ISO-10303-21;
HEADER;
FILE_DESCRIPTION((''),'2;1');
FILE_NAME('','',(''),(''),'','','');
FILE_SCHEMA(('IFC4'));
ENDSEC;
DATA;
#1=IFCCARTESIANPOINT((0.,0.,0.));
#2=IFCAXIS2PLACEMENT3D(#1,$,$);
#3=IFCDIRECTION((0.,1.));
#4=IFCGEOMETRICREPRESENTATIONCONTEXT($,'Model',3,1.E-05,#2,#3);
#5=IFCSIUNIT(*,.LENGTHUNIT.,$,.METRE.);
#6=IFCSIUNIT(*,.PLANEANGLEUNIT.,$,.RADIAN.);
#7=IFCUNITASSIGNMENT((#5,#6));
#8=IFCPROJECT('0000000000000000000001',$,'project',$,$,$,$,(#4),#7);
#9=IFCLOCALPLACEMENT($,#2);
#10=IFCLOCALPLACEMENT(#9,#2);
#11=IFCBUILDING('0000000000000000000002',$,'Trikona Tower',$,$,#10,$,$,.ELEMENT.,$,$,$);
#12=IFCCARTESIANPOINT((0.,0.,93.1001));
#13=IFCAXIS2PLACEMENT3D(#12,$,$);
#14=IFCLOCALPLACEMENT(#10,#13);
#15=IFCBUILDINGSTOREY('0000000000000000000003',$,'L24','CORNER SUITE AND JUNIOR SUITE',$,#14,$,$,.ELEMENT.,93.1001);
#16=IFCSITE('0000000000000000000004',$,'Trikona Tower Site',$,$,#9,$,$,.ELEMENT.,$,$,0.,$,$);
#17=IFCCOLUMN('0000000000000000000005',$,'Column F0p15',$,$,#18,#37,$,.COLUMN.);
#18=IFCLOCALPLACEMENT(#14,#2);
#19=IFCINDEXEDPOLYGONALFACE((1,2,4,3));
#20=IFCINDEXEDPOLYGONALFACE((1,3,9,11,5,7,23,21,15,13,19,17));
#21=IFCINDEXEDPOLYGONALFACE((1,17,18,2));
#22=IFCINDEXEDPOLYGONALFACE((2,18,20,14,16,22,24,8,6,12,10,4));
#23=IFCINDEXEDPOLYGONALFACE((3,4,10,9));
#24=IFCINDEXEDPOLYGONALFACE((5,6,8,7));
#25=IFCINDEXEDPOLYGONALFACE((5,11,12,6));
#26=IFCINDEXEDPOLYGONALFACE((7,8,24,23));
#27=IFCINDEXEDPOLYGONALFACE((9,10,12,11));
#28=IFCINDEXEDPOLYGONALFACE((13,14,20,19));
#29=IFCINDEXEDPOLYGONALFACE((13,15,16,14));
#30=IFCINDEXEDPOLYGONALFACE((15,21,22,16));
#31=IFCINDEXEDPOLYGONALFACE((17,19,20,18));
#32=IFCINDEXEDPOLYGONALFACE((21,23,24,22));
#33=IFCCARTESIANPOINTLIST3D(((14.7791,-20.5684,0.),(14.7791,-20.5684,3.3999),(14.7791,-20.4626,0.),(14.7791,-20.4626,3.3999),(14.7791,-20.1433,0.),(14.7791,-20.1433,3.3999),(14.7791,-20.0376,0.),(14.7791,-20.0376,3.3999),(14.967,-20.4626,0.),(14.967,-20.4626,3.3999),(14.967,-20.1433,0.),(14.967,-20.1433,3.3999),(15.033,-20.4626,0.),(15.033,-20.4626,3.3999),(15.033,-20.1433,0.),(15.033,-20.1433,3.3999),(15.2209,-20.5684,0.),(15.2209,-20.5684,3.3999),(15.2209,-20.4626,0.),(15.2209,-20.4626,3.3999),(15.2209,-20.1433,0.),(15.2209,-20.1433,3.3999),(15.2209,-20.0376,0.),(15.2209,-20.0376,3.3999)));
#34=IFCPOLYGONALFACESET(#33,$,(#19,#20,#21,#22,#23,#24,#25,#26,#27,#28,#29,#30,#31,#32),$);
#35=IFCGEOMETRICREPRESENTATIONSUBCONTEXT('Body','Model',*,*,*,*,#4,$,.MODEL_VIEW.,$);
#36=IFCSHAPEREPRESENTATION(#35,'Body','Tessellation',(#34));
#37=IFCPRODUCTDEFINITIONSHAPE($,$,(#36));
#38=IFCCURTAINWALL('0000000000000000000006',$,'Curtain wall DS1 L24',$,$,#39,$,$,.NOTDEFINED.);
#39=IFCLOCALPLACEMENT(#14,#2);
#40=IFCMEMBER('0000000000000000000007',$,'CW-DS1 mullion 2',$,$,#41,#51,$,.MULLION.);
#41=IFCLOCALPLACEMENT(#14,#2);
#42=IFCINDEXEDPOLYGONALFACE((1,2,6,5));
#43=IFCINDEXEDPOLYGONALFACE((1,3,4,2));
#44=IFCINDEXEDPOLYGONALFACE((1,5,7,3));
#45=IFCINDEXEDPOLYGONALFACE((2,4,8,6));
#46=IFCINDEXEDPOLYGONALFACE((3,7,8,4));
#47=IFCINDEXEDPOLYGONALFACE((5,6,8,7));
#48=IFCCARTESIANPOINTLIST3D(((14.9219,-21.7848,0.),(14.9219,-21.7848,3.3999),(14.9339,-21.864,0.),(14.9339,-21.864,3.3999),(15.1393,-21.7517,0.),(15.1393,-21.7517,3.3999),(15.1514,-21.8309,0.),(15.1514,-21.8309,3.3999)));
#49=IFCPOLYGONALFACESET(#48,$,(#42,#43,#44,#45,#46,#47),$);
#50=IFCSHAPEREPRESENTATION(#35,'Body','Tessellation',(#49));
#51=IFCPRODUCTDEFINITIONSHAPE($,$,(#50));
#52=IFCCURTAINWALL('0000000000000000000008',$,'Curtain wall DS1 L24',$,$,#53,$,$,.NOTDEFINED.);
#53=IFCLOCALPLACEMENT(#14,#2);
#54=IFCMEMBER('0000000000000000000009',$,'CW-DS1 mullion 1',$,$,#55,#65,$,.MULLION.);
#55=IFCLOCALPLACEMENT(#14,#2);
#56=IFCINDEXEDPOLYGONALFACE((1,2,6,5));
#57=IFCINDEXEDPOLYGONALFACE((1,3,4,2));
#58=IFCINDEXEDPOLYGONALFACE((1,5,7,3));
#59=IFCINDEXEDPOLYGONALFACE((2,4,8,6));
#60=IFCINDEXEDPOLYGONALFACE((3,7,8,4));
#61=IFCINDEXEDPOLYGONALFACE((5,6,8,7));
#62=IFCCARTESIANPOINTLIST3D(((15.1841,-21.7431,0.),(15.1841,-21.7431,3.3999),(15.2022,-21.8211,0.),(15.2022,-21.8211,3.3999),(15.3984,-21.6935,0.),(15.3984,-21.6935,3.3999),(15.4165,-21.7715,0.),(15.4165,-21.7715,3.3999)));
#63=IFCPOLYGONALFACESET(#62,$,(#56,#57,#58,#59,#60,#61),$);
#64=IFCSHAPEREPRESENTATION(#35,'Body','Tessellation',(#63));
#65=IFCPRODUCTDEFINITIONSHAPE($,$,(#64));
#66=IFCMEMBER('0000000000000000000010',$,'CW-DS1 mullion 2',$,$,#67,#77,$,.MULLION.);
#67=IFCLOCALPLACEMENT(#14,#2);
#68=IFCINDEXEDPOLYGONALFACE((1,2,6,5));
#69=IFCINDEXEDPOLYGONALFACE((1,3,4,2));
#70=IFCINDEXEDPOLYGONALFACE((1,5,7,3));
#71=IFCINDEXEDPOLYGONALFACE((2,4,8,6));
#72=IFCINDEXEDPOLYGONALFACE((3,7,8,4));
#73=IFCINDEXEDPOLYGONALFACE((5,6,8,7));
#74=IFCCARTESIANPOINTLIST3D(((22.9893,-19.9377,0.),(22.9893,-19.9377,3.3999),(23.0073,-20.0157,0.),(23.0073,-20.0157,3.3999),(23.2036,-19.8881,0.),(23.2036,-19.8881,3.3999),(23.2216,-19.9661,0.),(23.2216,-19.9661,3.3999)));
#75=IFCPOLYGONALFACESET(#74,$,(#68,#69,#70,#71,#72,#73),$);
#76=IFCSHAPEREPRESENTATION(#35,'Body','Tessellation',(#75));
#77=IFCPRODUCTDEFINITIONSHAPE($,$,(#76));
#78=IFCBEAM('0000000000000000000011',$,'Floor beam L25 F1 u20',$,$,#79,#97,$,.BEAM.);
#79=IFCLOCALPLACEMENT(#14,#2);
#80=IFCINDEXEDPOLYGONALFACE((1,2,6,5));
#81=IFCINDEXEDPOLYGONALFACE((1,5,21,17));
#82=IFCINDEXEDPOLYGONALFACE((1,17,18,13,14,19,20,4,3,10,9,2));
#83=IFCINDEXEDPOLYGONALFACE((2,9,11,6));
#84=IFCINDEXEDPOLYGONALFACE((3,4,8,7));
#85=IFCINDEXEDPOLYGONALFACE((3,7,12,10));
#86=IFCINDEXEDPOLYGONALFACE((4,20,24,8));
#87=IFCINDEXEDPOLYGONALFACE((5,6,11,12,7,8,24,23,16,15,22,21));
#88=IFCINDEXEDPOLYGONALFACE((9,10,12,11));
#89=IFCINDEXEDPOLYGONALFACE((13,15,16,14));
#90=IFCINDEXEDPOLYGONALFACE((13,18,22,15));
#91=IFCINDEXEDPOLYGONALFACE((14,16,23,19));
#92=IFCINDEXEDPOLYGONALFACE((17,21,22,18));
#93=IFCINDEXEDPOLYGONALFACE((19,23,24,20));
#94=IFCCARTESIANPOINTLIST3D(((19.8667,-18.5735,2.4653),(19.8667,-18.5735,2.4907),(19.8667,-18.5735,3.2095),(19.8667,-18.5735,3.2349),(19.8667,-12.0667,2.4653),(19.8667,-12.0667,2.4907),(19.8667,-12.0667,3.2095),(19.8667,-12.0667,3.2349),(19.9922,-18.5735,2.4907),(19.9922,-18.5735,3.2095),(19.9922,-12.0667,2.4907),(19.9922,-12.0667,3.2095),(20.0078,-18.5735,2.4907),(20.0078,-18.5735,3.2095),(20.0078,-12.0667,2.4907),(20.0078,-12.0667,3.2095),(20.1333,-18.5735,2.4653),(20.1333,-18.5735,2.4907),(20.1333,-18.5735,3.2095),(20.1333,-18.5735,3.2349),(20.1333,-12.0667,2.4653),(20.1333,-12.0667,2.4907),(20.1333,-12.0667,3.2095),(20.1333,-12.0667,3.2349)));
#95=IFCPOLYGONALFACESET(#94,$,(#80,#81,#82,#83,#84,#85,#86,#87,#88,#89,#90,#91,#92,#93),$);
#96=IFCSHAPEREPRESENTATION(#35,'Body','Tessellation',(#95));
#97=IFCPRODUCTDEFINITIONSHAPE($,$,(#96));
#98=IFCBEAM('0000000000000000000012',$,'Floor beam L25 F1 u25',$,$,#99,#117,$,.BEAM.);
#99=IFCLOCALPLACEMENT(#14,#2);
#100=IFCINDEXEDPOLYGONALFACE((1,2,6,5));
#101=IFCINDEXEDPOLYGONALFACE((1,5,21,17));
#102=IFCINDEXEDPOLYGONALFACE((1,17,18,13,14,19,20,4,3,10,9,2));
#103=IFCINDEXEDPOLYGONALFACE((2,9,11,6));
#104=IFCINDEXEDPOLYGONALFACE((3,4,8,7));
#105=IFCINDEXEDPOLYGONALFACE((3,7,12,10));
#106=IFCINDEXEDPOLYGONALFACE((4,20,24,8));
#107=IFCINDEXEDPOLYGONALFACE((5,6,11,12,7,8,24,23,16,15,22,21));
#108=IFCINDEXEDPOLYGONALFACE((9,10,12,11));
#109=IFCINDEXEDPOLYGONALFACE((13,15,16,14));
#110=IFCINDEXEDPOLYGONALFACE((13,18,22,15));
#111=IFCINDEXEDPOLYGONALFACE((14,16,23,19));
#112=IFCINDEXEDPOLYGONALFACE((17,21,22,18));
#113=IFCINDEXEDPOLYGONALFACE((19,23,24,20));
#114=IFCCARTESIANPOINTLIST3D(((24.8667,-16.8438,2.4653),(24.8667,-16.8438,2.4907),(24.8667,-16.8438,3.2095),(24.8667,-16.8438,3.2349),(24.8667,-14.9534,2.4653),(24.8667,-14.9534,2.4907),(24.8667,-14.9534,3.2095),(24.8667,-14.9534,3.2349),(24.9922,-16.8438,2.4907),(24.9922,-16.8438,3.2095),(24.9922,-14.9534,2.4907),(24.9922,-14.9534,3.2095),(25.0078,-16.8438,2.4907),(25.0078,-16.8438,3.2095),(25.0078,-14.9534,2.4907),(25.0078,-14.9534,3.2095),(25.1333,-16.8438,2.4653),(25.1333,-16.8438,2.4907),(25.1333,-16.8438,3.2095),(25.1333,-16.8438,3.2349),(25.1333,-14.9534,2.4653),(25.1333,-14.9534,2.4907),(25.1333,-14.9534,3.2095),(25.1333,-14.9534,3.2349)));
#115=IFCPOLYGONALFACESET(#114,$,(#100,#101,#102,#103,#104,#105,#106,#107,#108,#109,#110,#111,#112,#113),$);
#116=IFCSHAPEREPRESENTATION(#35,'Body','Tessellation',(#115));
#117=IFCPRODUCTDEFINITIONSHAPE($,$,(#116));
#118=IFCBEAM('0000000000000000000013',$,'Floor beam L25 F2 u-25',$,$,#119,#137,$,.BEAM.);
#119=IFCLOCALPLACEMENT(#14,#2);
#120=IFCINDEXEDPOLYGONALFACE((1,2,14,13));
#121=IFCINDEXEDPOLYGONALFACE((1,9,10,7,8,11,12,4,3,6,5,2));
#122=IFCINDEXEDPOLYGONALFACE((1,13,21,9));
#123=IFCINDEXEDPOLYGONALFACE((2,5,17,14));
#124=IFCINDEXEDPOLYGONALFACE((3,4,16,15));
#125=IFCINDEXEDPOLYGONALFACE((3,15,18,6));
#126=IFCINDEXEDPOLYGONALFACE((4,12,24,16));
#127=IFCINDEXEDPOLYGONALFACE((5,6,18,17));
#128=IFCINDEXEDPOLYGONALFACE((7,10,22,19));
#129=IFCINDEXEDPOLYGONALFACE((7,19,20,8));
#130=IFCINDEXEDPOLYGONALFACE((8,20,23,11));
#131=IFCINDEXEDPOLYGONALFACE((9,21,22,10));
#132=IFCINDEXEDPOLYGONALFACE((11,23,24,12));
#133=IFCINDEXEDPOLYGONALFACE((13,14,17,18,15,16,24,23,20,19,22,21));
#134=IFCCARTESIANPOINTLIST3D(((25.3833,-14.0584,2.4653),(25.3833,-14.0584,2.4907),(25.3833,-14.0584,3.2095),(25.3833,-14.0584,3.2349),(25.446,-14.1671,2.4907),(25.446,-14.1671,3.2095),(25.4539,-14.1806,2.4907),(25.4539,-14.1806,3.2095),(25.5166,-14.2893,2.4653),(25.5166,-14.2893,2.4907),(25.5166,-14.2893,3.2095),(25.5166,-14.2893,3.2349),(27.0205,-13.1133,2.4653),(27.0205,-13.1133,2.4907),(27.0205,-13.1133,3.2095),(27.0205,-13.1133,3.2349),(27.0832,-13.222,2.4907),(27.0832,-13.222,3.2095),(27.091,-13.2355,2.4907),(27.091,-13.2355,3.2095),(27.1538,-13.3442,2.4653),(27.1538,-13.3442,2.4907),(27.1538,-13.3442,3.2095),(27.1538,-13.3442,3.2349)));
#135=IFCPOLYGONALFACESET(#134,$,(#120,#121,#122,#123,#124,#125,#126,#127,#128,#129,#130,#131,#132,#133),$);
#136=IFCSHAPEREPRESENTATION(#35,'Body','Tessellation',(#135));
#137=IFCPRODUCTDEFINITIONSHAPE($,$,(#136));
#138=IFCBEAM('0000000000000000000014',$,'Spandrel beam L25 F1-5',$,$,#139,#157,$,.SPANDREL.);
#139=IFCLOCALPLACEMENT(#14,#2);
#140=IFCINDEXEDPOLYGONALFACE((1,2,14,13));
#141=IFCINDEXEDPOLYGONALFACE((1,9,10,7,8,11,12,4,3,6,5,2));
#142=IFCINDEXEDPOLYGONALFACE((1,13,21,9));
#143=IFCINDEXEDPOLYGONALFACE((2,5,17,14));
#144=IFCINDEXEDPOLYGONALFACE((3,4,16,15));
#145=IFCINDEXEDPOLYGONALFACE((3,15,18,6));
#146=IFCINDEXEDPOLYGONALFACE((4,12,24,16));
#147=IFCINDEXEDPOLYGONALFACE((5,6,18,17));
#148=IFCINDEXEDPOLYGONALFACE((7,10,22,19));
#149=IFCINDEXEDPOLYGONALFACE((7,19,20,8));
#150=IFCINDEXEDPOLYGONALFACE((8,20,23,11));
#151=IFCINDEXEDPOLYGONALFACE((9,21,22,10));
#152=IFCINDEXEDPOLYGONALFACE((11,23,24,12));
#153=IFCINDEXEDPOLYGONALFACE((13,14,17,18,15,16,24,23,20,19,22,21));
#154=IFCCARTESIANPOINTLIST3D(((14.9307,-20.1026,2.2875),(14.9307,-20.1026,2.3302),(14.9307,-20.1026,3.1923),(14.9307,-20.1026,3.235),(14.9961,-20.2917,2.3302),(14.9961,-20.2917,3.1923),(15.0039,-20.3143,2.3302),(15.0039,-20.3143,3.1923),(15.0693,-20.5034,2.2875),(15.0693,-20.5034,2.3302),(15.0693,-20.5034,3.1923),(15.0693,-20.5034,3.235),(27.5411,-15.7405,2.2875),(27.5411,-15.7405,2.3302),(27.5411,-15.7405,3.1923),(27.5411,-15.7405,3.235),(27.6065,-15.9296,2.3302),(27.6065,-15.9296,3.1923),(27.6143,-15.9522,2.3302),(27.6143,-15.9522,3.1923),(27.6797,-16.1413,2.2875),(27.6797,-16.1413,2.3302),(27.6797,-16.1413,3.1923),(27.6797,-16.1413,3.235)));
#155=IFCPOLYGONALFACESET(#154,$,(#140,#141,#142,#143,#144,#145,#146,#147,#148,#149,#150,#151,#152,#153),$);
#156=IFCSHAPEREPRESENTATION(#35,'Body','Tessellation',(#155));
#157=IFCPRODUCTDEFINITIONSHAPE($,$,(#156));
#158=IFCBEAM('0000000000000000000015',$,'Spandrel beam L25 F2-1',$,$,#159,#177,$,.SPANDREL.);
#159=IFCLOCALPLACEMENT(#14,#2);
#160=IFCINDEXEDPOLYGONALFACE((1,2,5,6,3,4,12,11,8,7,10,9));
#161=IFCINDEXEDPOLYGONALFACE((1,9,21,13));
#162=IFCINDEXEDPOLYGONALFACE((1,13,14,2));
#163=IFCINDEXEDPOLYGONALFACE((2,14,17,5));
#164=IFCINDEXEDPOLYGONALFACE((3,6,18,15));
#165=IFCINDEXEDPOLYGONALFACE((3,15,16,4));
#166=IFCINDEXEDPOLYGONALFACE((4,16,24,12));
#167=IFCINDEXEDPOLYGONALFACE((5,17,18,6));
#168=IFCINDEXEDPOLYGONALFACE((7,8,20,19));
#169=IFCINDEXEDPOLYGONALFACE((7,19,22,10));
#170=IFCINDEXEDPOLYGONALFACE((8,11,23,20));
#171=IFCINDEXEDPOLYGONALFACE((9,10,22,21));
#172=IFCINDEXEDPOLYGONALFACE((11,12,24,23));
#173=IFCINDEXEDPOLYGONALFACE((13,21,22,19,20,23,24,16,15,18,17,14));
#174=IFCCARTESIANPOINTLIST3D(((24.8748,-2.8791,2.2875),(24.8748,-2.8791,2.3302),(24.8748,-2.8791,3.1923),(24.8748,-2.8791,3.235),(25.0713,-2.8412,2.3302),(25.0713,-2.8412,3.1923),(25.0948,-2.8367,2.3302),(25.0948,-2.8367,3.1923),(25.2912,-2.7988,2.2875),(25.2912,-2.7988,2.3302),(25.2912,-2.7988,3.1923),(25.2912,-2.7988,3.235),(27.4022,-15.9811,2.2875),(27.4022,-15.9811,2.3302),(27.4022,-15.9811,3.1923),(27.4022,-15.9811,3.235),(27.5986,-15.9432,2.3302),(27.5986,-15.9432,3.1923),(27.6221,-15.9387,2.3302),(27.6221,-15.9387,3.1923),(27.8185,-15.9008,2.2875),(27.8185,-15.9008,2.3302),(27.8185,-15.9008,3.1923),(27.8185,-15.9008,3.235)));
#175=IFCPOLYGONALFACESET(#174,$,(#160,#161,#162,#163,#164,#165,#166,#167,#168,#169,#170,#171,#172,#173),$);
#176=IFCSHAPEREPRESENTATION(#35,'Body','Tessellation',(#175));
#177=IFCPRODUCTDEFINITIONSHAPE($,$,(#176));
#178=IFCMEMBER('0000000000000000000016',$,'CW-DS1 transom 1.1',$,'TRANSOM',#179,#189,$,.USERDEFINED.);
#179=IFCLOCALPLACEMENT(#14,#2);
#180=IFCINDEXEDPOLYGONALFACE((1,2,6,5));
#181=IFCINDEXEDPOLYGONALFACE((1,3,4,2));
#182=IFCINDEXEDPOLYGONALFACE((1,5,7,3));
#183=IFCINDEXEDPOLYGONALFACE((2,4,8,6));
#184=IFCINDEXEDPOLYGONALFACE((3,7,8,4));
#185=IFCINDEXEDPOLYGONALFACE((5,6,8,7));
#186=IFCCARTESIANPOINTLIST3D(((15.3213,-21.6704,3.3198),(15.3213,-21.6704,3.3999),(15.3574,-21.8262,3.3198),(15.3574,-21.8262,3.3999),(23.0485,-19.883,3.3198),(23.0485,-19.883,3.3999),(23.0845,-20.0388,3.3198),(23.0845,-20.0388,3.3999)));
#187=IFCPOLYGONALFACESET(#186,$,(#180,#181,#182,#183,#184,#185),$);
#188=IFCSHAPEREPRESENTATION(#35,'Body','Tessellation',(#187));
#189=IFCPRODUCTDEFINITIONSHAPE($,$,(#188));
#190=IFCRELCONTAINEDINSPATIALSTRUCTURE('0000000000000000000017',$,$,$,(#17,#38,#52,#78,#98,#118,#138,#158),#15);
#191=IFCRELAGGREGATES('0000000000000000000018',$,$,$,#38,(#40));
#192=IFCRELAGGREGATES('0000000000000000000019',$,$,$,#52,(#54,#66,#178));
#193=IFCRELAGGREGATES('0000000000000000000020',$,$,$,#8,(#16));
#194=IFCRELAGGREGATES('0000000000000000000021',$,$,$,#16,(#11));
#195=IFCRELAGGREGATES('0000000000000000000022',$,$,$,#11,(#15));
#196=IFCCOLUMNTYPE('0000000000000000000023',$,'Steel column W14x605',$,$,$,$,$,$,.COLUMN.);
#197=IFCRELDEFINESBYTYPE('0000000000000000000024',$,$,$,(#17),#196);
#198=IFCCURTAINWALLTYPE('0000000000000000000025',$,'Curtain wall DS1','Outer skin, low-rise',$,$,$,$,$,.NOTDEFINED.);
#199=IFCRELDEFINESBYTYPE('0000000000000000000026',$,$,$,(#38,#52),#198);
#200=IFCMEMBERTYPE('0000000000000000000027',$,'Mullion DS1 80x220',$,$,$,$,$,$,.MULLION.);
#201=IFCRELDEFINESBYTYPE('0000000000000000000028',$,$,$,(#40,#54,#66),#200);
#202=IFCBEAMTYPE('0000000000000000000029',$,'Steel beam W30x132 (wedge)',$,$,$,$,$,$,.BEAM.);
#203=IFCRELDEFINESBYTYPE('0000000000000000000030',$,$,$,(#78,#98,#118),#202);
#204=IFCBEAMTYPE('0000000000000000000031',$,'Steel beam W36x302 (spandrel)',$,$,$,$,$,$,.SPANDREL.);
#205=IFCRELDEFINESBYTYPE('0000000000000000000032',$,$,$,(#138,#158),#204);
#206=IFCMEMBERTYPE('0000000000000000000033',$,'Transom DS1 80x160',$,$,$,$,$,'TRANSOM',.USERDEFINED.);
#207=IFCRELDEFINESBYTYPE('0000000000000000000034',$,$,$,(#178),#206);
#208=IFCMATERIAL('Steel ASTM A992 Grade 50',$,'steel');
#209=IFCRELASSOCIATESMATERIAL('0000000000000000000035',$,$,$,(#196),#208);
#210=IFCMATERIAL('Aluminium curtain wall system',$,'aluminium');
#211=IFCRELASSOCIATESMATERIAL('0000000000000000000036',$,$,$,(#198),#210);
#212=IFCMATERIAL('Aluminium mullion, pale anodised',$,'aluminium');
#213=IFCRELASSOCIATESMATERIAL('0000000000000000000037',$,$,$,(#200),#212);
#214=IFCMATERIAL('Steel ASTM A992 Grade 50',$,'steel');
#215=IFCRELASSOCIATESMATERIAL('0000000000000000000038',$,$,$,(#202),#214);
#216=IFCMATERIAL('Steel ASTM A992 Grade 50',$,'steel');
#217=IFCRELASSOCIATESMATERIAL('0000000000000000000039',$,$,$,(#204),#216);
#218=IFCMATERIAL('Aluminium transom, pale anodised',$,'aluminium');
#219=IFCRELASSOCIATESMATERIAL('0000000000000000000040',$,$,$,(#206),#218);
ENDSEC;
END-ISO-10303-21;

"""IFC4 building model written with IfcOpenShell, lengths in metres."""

from ifc_helpers import new_model, si_unit, direction, frame, origin, origin_2d, place, context, subcontext, project, spatial, rectangle, i_section, extrude, material, material_profile, profile_set, type_object, element, aggregate, save


model = new_model("IFC4")

# Units and contexts
model_context = context("Model", 3, precision=1e-05, world=origin(), true_north=direction((0.0, 1.0)))
body_context = subcontext(model_context, "Body", "Model", "MODEL_VIEW")
ifc_project = project(units=[si_unit("LENGTHUNIT", "METRE"), si_unit("PLANEANGLEUNIT", "RADIAN")], contexts=[model_context])

# Site, building, storey
site_placement = place(None, origin())
site = spatial("IfcSite", under=ifc_project, at=site_placement, Name="Trikona Tower Site", CompositionType="ELEMENT", RefElevation=0.0)
building_placement = place(site_placement, origin())
building = spatial("IfcBuilding", under=site, at=building_placement, Name="Trikona Tower", CompositionType="ELEMENT")
storey_placement = place(building_placement, frame((0.0, 0.0, 93.1001)))
storey = spatial("IfcBuildingStorey", under=building, at=storey_placement, Name="L24", Description="CORNER SUITE AND JUNIOR SUITE", CompositionType="ELEMENT", Elevation=93.1001)

# Column
ifc_material_1 = material(Name="Steel ASTM A992 Grade 50", Category="steel")
ifc_material_profile_1 = material_profile(ifc_material_1, i_section(OverallWidth=0.4419, OverallDepth=0.5308, WebThickness=0.0659, FlangeThickness=0.1057, at=origin_2d()), Name="W14X605")
ifc_profile_set_1 = profile_set([ifc_material_profile_1], Name="Steel ASTM A992 Grade 50")
column_type = type_object("IfcColumnType", Name="Steel column W14x605", PredefinedType="COLUMN", material=ifc_profile_set_1)
column_placement = place(storey_placement, frame((15.0, -20.303, 0.0), z_axis=(0.0, 0.0, 1.0), x_axis=(1.0, 0.0, 0.0)))
element("IfcColumn", 1, at=column_placement, inside=storey, type_object=column_type, Name="Column F0p15", PredefinedType="COLUMN", context=body_context, shape_type="SweptSolid", body=[
    extrude(i_section(OverallWidth=0.4419, OverallDepth=0.5308, WebThickness=0.0659, FlangeThickness=0.1057, at=origin_2d()), origin(), (0.0, 0.0, 1.0), 3.3999),
])

# Curtain wall, member
ifc_material_2 = material(Name="Aluminium curtain wall system", Category="aluminium")
curtain_wall_type = type_object("IfcCurtainWallType", Name="Curtain wall DS1", Description="Outer skin, low-rise", PredefinedType="NOTDEFINED", material=ifc_material_2)
curtain_wall_1_placement = place(storey_placement, origin())
curtain_wall_1 = element("IfcCurtainWall", 2, at=curtain_wall_1_placement, inside=storey, type_object=curtain_wall_type, Name="Curtain wall DS1 L24", PredefinedType="NOTDEFINED")
ifc_material_3 = material(Name="Aluminium mullion, pale anodised", Category="aluminium")
ifc_material_profile_2 = material_profile(ifc_material_3, rectangle(XDim=0.0801, YDim=0.22, at=origin_2d()), Name="MUL-DS1")
ifc_profile_set_2 = profile_set([ifc_material_profile_2], Name="Aluminium mullion, pale anodised")
member_type_1 = type_object("IfcMemberType", Name="Mullion DS1 80x220", PredefinedType="MULLION", material=ifc_profile_set_2)
member_1_placement = place(storey_placement, frame((15.0366, -21.8079, 0.0), z_axis=(0.0, 0.0, 1.0), x_axis=(-0.150438, 0.988619, 0.0)))
member_1 = element("IfcMember", 3, at=member_1_placement, type_object=member_type_1, Name="CW-DS1 mullion 2", PredefinedType="MULLION", context=body_context, shape_type="SweptSolid", body=[
    extrude(rectangle(XDim=0.0801, YDim=0.22, at=origin_2d()), origin(), (0.0, 0.0, 1.0), 3.3999),
])
aggregate(curtain_wall_1, [member_1])

# Curtain wall, members
curtain_wall_2_placement = place(storey_placement, origin())
curtain_wall_2 = element("IfcCurtainWall", 4, at=curtain_wall_2_placement, inside=storey, type_object=curtain_wall_type, Name="Curtain wall DS1 L24", PredefinedType="NOTDEFINED")
member_2_placement = place(storey_placement, frame((15.3003, -21.7573, 0.0), z_axis=(0.0, 0.0, 1.0), x_axis=(-0.225343, 0.974279, 0.0)))
member_2 = element("IfcMember", 5, at=member_2_placement, type_object=member_type_1, Name="CW-DS1 mullion 1", PredefinedType="MULLION", context=body_context, shape_type="SweptSolid", body=[
    extrude(rectangle(XDim=0.0801, YDim=0.22, at=origin_2d()), origin(), (0.0, 0.0, 1.0), 3.3999),
])
member_3_placement = place(storey_placement, frame((23.1055, -19.9519, 0.0), z_axis=(0.0, 0.0, 1.0), x_axis=(-0.225343, 0.974279, 0.0)))
member_3 = element("IfcMember", 6, at=member_3_placement, type_object=member_type_1, Name="CW-DS1 mullion 2", PredefinedType="MULLION", context=body_context, shape_type="SweptSolid", body=[
    extrude(rectangle(XDim=0.0801, YDim=0.22, at=origin_2d()), origin(), (0.0, 0.0, 1.0), 3.3999),
])

# Beams
ifc_material_4 = material(Name="Steel ASTM A992 Grade 50", Category="steel")
ifc_material_profile_3 = material_profile(ifc_material_4, i_section(OverallWidth=0.2666, OverallDepth=0.7695, WebThickness=0.0156, FlangeThickness=0.0254, at=origin_2d()), Name="W30X132")
ifc_profile_set_3 = profile_set([ifc_material_profile_3], Name="Steel ASTM A992 Grade 50")
beam_type_1 = type_object("IfcBeamType", Name="Steel beam W30x132 (wedge)", PredefinedType="BEAM", material=ifc_profile_set_3)
beam_placement = place(storey_placement, frame((20.0, -12.0667, 2.8501), z_axis=(0.0, -1.0, 0.0), x_axis=(1.0, 0.0, 0.0)))
element("IfcBeam", 7, at=beam_placement, inside=storey, type_object=beam_type_1, Name="Floor beam L25 F1 u20", PredefinedType="BEAM", context=body_context, shape_type="SweptSolid", body=[
    extrude(i_section(OverallWidth=0.2666, OverallDepth=0.7695, WebThickness=0.0156, FlangeThickness=0.0254, at=origin_2d()), origin(), (0.0, 0.0, 1.0), 6.5068),
])
for number, where, z_axis, x_axis, name in (
    (8, (25.0, -14.9534, 2.8501), (0.0, -1.0, 0.0), (1.0, 0.0, 0.0), "Floor beam L25 F1 u25"),
    (9, (25.45, -14.1738, 2.8501), (0.866065, 0.499931, 0.0), (-0.499931, 0.866065, 0.0), "Floor beam L25 F2 u-25"),
):
    element("IfcBeam", number, at=place(storey_placement, frame(where, z_axis=z_axis, x_axis=x_axis)), inside=storey, type_object=beam_type_1, Name=name, PredefinedType="BEAM", context=body_context, shape_type="SweptSolid", body=[
        extrude(i_section(OverallWidth=0.2666, OverallDepth=0.7695, WebThickness=0.0156, FlangeThickness=0.0254, at=origin_2d()), origin(), (0.0, 0.0, 1.0), 1.8904),
    ])
ifc_material_5 = material(Name="Steel ASTM A992 Grade 50", Category="steel")
ifc_material_profile_4 = material_profile(ifc_material_5, i_section(OverallWidth=0.4241, OverallDepth=0.9475, WebThickness=0.0239, FlangeThickness=0.0427, at=origin_2d()), Name="W36X302")
ifc_profile_set_4 = profile_set([ifc_material_profile_4], Name="Steel ASTM A992 Grade 50")
beam_type_2 = type_object("IfcBeamType", Name="Steel beam W36x302 (spandrel)", PredefinedType="SPANDREL", material=ifc_profile_set_4)
for number, where, z_axis, x_axis, name in (
    (10, (15.0, -20.303, 2.7612), (0.945057, 0.326906, 0.0), (-0.326906, 0.945057, 0.0), "Spandrel beam L25 F1-5"),
    (11, (27.6104, -15.9409, 2.7612), (-0.189405, 0.981899, 0.0), (-0.981899, -0.189405, 0.0), "Spandrel beam L25 F2-1"),
):
    element("IfcBeam", number, at=place(storey_placement, frame(where, z_axis=z_axis, x_axis=x_axis)), inside=storey, type_object=beam_type_2, Name=name, PredefinedType="SPANDREL", context=body_context, shape_type="SweptSolid", body=[
        extrude(i_section(OverallWidth=0.4241, OverallDepth=0.9475, WebThickness=0.0239, FlangeThickness=0.0427, at=origin_2d()), origin(), (0.0, 0.0, 1.0), 13.3435),
    ])

# Member
ifc_material_6 = material(Name="Aluminium transom, pale anodised", Category="aluminium")
ifc_material_profile_5 = material_profile(ifc_material_6, rectangle(XDim=0.1599, YDim=0.0801, at=origin_2d()), Name="TRN-DS1")
ifc_profile_set_5 = profile_set([ifc_material_profile_5], Name="Aluminium transom, pale anodised")
member_type_2 = type_object("IfcMemberType", Name="Transom DS1 80x160", ElementType="TRANSOM", PredefinedType="USERDEFINED", material=ifc_profile_set_5)
member_4_placement = place(storey_placement, frame((15.3394, -21.7483, 3.3599), z_axis=(0.974275, 0.225361, 0.0), x_axis=(-0.225361, 0.974275, 0.0)))
member_4 = element("IfcMember", 12, at=member_4_placement, type_object=member_type_2, Name="CW-DS1 transom 1.1", ObjectType="TRANSOM", PredefinedType="USERDEFINED", context=body_context, shape_type="SweptSolid", body=[
    extrude(rectangle(XDim=0.1599, YDim=0.0801, at=origin_2d()), origin(), (0.0, 0.0, 1.0), 7.9312),
])

aggregate(curtain_wall_2, [member_2, member_3, member_4])

save(model, "model.ifc")
